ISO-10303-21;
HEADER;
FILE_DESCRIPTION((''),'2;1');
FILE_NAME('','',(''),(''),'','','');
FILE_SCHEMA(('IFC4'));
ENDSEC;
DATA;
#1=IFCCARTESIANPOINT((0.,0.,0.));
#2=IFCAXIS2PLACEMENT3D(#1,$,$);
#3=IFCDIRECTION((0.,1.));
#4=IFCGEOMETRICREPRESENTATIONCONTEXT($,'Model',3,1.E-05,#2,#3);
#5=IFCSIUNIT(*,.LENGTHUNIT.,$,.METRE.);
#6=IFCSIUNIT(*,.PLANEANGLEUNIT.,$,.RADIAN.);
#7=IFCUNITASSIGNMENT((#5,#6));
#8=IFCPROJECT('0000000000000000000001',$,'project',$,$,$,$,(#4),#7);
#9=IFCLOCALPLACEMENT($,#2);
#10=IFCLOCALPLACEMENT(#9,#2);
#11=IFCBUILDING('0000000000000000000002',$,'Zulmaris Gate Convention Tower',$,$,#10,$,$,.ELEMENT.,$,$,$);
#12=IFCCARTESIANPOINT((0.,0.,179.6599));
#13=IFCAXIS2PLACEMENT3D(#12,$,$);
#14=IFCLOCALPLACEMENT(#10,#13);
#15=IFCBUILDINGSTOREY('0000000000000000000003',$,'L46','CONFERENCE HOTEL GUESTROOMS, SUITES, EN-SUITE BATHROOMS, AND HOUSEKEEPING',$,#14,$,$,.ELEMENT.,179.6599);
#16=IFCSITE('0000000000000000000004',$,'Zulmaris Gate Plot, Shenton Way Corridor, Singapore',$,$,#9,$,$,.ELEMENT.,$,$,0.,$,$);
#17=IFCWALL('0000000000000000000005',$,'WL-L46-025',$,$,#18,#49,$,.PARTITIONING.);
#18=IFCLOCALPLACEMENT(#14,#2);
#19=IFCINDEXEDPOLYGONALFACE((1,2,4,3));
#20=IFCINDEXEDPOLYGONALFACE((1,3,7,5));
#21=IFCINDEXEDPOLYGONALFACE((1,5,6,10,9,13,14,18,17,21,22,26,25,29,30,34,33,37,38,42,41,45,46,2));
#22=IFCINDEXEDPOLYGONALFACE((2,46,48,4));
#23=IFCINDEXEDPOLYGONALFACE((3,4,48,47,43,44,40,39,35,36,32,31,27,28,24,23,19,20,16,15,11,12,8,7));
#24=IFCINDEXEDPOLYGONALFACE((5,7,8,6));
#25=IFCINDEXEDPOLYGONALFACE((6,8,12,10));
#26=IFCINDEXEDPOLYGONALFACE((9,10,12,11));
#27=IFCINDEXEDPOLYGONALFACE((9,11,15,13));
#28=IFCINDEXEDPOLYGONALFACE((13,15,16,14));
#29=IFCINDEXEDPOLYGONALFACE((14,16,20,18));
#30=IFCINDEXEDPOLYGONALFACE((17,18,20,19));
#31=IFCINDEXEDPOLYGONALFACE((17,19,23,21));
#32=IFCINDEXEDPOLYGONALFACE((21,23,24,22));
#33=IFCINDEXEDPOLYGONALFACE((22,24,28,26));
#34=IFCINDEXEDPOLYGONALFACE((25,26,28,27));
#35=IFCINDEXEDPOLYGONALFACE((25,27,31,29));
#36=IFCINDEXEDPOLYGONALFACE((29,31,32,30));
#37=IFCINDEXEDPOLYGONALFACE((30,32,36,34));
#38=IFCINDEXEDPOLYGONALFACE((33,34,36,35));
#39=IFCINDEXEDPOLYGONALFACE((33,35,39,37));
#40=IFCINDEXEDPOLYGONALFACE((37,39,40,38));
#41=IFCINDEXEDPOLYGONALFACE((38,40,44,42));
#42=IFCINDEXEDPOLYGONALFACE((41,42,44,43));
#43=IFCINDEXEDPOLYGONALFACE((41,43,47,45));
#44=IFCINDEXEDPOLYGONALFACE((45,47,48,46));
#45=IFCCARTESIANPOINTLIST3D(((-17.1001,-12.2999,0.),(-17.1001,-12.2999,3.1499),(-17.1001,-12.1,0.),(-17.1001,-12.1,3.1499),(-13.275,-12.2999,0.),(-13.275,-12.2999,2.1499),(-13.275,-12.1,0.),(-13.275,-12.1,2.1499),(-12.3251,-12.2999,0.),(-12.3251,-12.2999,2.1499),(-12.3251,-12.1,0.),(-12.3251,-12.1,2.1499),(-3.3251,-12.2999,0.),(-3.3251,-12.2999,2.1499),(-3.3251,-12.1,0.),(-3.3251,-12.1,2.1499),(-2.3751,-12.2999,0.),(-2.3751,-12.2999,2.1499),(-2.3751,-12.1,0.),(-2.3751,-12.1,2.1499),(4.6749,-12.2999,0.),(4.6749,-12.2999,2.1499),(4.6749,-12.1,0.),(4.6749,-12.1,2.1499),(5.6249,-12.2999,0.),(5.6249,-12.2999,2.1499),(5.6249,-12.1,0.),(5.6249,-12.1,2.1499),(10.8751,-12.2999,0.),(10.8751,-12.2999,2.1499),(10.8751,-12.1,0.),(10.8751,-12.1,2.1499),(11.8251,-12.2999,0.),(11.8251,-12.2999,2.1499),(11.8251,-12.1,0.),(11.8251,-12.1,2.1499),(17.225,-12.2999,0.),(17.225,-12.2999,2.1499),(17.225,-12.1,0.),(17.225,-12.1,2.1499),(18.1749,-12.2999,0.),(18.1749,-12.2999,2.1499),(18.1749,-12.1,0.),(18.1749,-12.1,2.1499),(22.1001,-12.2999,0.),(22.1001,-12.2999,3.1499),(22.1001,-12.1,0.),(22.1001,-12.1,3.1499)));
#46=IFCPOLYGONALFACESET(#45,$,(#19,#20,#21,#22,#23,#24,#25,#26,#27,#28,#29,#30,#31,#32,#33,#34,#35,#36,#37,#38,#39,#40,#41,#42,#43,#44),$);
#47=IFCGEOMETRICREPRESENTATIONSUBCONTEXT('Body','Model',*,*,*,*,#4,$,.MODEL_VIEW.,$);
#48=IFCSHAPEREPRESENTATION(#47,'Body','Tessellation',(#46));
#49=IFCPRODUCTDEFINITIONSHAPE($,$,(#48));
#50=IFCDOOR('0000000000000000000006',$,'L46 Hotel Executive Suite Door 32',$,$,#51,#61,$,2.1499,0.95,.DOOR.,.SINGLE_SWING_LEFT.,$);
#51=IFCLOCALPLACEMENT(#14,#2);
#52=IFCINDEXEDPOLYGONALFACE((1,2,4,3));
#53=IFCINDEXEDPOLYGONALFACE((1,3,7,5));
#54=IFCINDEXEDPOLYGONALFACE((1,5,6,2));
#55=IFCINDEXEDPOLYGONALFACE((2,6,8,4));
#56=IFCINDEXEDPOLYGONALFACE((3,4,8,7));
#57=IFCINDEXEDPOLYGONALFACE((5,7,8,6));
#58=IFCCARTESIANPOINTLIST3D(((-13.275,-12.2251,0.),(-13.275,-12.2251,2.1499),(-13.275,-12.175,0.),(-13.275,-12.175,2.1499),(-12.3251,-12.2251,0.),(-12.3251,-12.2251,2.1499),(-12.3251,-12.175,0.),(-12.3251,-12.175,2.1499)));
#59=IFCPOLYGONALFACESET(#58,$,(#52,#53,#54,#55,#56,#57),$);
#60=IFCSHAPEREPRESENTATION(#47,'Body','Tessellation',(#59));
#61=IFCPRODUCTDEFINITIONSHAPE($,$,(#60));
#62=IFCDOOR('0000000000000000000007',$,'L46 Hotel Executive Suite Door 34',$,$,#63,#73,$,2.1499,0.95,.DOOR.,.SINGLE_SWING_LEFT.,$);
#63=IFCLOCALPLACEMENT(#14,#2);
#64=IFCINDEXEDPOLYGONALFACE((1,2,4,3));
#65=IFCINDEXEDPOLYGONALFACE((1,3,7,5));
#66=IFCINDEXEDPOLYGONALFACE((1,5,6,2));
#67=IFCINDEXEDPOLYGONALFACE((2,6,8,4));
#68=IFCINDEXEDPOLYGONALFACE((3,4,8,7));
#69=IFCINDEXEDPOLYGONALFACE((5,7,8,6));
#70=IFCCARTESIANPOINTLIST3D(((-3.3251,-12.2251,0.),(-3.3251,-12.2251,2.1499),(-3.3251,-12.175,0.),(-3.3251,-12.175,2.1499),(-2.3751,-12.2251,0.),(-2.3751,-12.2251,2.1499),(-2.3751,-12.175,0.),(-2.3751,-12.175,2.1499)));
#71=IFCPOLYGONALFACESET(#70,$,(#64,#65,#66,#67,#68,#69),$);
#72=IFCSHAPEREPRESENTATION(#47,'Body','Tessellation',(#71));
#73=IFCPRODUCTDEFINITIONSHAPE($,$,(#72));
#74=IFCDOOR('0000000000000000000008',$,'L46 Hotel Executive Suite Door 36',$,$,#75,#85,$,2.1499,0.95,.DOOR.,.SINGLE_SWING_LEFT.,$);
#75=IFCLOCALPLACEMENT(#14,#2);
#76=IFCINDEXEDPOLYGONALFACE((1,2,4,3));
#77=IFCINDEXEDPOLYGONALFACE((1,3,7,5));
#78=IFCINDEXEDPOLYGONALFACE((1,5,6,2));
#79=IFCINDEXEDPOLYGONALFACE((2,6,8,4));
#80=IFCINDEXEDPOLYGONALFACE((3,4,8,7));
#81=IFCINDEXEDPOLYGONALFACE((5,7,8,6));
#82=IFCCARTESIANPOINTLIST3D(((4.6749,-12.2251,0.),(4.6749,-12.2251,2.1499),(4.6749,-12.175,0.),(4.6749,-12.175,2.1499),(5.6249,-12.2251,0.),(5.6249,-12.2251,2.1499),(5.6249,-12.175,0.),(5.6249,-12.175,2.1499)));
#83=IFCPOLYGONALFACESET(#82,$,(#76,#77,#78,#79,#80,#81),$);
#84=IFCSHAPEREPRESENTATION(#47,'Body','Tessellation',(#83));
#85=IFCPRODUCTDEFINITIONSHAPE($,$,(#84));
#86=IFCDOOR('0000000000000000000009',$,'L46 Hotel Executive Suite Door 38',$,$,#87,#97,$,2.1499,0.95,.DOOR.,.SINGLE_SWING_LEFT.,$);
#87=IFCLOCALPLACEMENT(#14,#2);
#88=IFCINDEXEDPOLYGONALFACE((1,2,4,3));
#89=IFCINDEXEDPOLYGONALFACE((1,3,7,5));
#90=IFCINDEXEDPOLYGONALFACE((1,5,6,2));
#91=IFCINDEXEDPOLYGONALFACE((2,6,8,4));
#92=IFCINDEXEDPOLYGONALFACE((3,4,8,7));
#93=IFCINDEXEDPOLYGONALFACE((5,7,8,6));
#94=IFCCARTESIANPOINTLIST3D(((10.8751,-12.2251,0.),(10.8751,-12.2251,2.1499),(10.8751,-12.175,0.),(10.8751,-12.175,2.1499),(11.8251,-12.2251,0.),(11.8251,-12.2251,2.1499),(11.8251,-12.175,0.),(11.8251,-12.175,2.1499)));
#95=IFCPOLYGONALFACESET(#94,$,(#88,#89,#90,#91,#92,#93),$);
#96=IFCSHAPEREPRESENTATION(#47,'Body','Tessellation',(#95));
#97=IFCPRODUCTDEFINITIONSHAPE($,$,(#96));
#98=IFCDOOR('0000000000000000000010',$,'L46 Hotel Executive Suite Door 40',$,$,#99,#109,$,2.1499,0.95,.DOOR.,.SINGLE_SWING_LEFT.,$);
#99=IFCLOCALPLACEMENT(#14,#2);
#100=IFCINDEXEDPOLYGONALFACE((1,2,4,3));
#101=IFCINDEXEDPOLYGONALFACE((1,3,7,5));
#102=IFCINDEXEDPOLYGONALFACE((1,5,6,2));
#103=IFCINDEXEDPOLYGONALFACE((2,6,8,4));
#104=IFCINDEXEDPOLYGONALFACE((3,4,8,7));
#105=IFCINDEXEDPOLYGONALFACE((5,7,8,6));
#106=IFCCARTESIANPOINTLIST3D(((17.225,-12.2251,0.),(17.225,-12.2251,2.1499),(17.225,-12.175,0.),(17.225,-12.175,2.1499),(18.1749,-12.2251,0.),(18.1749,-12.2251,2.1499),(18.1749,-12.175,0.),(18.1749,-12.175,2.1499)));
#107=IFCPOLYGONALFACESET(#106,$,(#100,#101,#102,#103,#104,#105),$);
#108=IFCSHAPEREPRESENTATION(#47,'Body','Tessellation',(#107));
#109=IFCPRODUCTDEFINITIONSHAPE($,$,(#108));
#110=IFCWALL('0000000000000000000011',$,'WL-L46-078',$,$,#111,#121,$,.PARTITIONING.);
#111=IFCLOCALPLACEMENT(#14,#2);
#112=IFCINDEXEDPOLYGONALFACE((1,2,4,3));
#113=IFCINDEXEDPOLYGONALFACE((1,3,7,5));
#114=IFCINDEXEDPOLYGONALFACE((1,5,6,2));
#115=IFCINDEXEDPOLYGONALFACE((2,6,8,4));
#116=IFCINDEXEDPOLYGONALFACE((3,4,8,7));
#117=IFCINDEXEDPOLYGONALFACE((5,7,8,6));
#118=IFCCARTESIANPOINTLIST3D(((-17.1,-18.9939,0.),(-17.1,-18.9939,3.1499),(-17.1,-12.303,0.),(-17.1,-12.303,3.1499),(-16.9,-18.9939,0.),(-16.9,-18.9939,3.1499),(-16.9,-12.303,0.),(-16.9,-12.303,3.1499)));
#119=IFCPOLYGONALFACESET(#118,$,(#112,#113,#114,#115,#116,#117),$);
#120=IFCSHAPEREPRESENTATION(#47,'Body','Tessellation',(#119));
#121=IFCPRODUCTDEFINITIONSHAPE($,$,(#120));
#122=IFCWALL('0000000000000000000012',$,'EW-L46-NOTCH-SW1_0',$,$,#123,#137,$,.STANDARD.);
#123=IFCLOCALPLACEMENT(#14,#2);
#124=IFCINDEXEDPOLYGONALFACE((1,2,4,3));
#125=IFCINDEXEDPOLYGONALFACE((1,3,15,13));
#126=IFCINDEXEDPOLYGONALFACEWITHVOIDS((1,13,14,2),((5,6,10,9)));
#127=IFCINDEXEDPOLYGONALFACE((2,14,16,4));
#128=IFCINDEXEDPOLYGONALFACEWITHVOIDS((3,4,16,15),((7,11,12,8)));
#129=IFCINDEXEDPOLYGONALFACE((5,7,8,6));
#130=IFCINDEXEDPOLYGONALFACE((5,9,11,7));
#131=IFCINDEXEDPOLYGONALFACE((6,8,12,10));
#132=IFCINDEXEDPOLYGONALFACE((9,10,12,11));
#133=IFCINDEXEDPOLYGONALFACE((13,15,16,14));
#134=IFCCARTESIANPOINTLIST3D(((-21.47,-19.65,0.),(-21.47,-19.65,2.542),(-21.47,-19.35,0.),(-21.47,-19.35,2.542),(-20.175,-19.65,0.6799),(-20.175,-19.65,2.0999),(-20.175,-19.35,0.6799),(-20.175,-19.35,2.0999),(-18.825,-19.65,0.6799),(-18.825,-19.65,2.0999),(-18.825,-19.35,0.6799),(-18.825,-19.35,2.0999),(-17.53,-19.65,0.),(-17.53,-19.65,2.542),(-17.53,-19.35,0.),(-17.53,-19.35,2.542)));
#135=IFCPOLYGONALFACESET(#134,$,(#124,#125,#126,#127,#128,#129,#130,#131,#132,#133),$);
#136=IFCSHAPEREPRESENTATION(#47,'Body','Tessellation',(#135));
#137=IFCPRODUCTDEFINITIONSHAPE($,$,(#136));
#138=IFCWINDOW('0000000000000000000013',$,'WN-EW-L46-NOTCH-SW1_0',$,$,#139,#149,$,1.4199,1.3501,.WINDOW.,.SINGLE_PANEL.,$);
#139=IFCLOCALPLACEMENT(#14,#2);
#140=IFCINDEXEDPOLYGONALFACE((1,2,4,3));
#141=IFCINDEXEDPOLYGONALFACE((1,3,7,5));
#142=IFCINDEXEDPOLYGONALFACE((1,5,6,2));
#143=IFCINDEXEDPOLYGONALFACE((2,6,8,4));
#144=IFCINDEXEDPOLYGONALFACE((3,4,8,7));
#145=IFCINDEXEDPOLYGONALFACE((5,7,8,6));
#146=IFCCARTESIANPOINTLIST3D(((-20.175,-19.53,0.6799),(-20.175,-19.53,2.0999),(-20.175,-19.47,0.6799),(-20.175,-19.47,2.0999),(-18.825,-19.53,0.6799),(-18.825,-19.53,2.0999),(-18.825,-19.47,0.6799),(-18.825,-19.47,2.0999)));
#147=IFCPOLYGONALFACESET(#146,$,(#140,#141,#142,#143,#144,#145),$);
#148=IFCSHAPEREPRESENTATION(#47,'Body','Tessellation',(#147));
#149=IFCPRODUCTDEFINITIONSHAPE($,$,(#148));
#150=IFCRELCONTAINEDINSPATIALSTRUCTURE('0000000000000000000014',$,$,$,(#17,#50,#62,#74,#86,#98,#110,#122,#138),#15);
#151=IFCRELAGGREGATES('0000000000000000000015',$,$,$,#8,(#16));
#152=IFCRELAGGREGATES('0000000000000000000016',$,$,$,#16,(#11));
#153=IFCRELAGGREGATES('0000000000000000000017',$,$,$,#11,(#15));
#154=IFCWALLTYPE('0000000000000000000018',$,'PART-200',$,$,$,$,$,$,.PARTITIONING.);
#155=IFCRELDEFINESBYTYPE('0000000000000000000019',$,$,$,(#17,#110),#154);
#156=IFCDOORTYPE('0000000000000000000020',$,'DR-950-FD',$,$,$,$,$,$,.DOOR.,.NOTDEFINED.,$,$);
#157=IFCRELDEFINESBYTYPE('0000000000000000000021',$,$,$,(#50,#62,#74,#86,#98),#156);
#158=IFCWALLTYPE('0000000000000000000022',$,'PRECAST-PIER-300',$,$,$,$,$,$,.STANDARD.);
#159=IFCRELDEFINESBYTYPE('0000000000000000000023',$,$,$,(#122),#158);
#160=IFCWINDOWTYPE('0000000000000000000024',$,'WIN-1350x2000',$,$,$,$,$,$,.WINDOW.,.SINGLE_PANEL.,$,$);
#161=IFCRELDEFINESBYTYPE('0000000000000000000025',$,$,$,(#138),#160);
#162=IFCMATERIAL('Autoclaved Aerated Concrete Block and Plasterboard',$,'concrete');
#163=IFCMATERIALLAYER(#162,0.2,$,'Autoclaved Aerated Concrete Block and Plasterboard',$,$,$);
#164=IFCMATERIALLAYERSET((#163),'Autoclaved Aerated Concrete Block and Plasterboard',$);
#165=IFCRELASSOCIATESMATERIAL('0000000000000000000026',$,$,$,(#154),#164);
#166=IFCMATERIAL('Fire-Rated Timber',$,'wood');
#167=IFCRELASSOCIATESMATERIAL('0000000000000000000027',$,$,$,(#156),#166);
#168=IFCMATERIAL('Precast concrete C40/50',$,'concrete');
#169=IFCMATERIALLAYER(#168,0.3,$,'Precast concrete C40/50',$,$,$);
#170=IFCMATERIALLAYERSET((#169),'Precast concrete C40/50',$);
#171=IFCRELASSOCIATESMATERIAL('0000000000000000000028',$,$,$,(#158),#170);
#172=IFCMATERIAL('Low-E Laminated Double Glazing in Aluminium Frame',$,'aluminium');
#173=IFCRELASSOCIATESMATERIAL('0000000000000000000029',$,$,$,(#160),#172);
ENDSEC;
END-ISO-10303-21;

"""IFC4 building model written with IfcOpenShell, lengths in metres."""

from ifc_helpers import new_model, si_unit, direction, frame, frame_2d, origin, place, context, subcontext, project, spatial, rectangle, extrude, material, layer, layer_set, type_object, element, fill, save


model = new_model("IFC4")

# Units and contexts
model_context = context("Model", 3, precision=1e-05, world=origin(), true_north=direction((0.0, 1.0)))
body_context = subcontext(model_context, "Body", "Model", "MODEL_VIEW")
ifc_project = project(units=[si_unit("LENGTHUNIT", "METRE"), si_unit("PLANEANGLEUNIT", "RADIAN")], contexts=[model_context])

# Site, building, storey
site_placement = place(None, origin())
site = spatial("IfcSite", under=ifc_project, at=site_placement, Name="Zulmaris Gate Plot, Shenton Way Corridor, Singapore", CompositionType="ELEMENT", RefElevation=0.0)
building_placement = place(site_placement, origin())
building = spatial("IfcBuilding", under=site, at=building_placement, Name="Zulmaris Gate Convention Tower", CompositionType="ELEMENT")
storey_placement = place(building_placement, frame((0.0, 0.0, 179.6599)))
storey = spatial("IfcBuildingStorey", under=building, at=storey_placement, Name="L46", Description="CONFERENCE HOTEL GUESTROOMS, SUITES, EN-SUITE BATHROOMS, AND HOUSEKEEPING", CompositionType="ELEMENT", Elevation=179.6599)

# Wall, openings, doors
ifc_material_1 = material(Name="Autoclaved Aerated Concrete Block and Plasterboard", Category="concrete")
ifc_layer_1 = layer(ifc_material_1, 0.2, Name="Autoclaved Aerated Concrete Block and Plasterboard")
ifc_layer_set_1 = layer_set([ifc_layer_1], Name="Autoclaved Aerated Concrete Block and Plasterboard")
wall_type_1 = type_object("IfcWallType", Name="PART-200", PredefinedType="PARTITIONING", material=ifc_layer_set_1)
wall_1_placement = place(storey_placement, frame((-17.1001, -12.2, 0.0), z_axis=(0.0, 0.0, 1.0), x_axis=(1.0, 0.0, 0.0)))
wall_1 = element("IfcWall", 1, at=wall_1_placement, inside=storey, type_object=wall_type_1, Name="WL-L46-025", PredefinedType="PARTITIONING", context=body_context, shape_type="SweptSolid", body=[
    extrude(rectangle(XDim=39.2002, YDim=0.2, at=frame_2d((19.6001, 0.0))), origin(), (0.0, 0.0, 1.0), 3.1499),
])
opening_1_placement = place(wall_1_placement, frame((3.825, 0.0, 0.0)))
opening_1 = element("IfcOpeningElement", 2, at=opening_1_placement, cuts=wall_1, PredefinedType="OPENING", context=body_context, shape_type="SweptSolid", body=[
    extrude(rectangle(XDim=0.95, YDim=2.1499, at=frame_2d((0.4751, 1.075))), frame((0.0, 0.1099, 0.0), z_axis=(0.0, -1.0, 0.0), x_axis=(1.0, 0.0, 0.0)), (0.0, 0.0, 1.0), 0.22),
])
opening_2_placement = place(wall_1_placement, frame((13.7749, 0.0, 0.0)))
opening_2 = element("IfcOpeningElement", 3, at=opening_2_placement, cuts=wall_1, PredefinedType="OPENING", context=body_context, shape_type="SweptSolid", body=[
    extrude(rectangle(XDim=0.95, YDim=2.1499, at=frame_2d((0.4751, 1.075))), frame((0.0, 0.1099, 0.0), z_axis=(0.0, -1.0, 0.0), x_axis=(1.0, 0.0, 0.0)), (0.0, 0.0, 1.0), 0.22),
])
opening_3_placement = place(wall_1_placement, frame((21.7749, 0.0, 0.0)))
opening_3 = element("IfcOpeningElement", 4, at=opening_3_placement, cuts=wall_1, PredefinedType="OPENING", context=body_context, shape_type="SweptSolid", body=[
    extrude(rectangle(XDim=0.95, YDim=2.1499, at=frame_2d((0.4751, 1.075))), frame((0.0, 0.1099, 0.0), z_axis=(0.0, -1.0, 0.0), x_axis=(1.0, 0.0, 0.0)), (0.0, 0.0, 1.0), 0.22),
])
opening_4_placement = place(wall_1_placement, frame((27.9751, 0.0, 0.0)))
opening_4 = element("IfcOpeningElement", 5, at=opening_4_placement, cuts=wall_1, PredefinedType="OPENING", context=body_context, shape_type="SweptSolid", body=[
    extrude(rectangle(XDim=0.95, YDim=2.1499, at=frame_2d((0.4751, 1.075))), frame((0.0, 0.1099, 0.0), z_axis=(0.0, -1.0, 0.0), x_axis=(1.0, 0.0, 0.0)), (0.0, 0.0, 1.0), 0.22),
])
opening_5_placement = place(wall_1_placement, frame((34.325, 0.0, 0.0)))
opening_5 = element("IfcOpeningElement", 6, at=opening_5_placement, cuts=wall_1, PredefinedType="OPENING", context=body_context, shape_type="SweptSolid", body=[
    extrude(rectangle(XDim=0.95, YDim=2.1499, at=frame_2d((0.4751, 1.075))), frame((0.0, 0.1099, 0.0), z_axis=(0.0, -1.0, 0.0), x_axis=(1.0, 0.0, 0.0)), (0.0, 0.0, 1.0), 0.22),
])
ifc_material_2 = material(Name="Fire-Rated Timber", Category="wood")
door_type_1 = type_object("IfcDoorType", Name="DR-950-FD", OperationType="NOTDEFINED", PredefinedType="DOOR", material=ifc_material_2)
door_1_placement = place(opening_1_placement, origin())
door_1 = element("IfcDoor", 7, at=door_1_placement, inside=storey, type_object=door_type_1, Name="L46 Hotel Executive Suite Door 32", OperationType="SINGLE_SWING_LEFT", OverallHeight=2.1499, OverallWidth=0.95, PredefinedType="DOOR", context=body_context, shape_type="SweptSolid", body=[
    extrude(rectangle(XDim=0.95, YDim=2.1499, at=frame_2d((0.4751, 1.075))), frame((0.0, 0.0249, 0.0), z_axis=(0.0, -1.0, 0.0), x_axis=(1.0, 0.0, 0.0)), (0.0, 0.0, 1.0), 0.05),
])
fill(opening_1, door_1)
door_2_placement = place(opening_2_placement, origin())
door_2 = element("IfcDoor", 8, at=door_2_placement, inside=storey, type_object=door_type_1, Name="L46 Hotel Executive Suite Door 34", OperationType="SINGLE_SWING_LEFT", OverallHeight=2.1499, OverallWidth=0.95, PredefinedType="DOOR", context=body_context, shape_type="SweptSolid", body=[
    extrude(rectangle(XDim=0.95, YDim=2.1499, at=frame_2d((0.4751, 1.075))), frame((0.0, 0.0249, 0.0), z_axis=(0.0, -1.0, 0.0), x_axis=(1.0, 0.0, 0.0)), (0.0, 0.0, 1.0), 0.05),
])
fill(opening_2, door_2)
door_3_placement = place(opening_3_placement, origin())
door_3 = element("IfcDoor", 9, at=door_3_placement, inside=storey, type_object=door_type_1, Name="L46 Hotel Executive Suite Door 36", OperationType="SINGLE_SWING_LEFT", OverallHeight=2.1499, OverallWidth=0.95, PredefinedType="DOOR", context=body_context, shape_type="SweptSolid", body=[
    extrude(rectangle(XDim=0.95, YDim=2.1499, at=frame_2d((0.4751, 1.075))), frame((0.0, 0.0249, 0.0), z_axis=(0.0, -1.0, 0.0), x_axis=(1.0, 0.0, 0.0)), (0.0, 0.0, 1.0), 0.05),
])
fill(opening_3, door_3)
door_4_placement = place(opening_4_placement, origin())
door_4 = element("IfcDoor", 10, at=door_4_placement, inside=storey, type_object=door_type_1, Name="L46 Hotel Executive Suite Door 38", OperationType="SINGLE_SWING_LEFT", OverallHeight=2.1499, OverallWidth=0.95, PredefinedType="DOOR", context=body_context, shape_type="SweptSolid", body=[
    extrude(rectangle(XDim=0.95, YDim=2.1499, at=frame_2d((0.4751, 1.075))), frame((0.0, 0.0249, 0.0), z_axis=(0.0, -1.0, 0.0), x_axis=(1.0, 0.0, 0.0)), (0.0, 0.0, 1.0), 0.05),
])
fill(opening_4, door_4)
door_5_placement = place(opening_5_placement, origin())
door_5 = element("IfcDoor", 11, at=door_5_placement, inside=storey, type_object=door_type_1, Name="L46 Hotel Executive Suite Door 40", OperationType="SINGLE_SWING_LEFT", OverallHeight=2.1499, OverallWidth=0.95, PredefinedType="DOOR", context=body_context, shape_type="SweptSolid", body=[
    extrude(rectangle(XDim=0.95, YDim=2.1499, at=frame_2d((0.4751, 1.075))), frame((0.0, 0.0249, 0.0), z_axis=(0.0, -1.0, 0.0), x_axis=(1.0, 0.0, 0.0)), (0.0, 0.0, 1.0), 0.05),
])
fill(opening_5, door_5)

# Wall
wall_2_placement = place(storey_placement, frame((-17.0, -18.9939, 0.0), z_axis=(0.0, 0.0, 1.0), x_axis=(0.0, 1.0, 0.0)))
element("IfcWall", 12, at=wall_2_placement, inside=storey, type_object=wall_type_1, Name="WL-L46-078", PredefinedType="PARTITIONING", context=body_context, shape_type="SweptSolid", body=[
    extrude(rectangle(XDim=6.6909, YDim=0.2, at=frame_2d((3.3455, 0.0))), origin(), (0.0, 0.0, 1.0), 3.1499),
])

# Wall, opening, window
ifc_material_3 = material(Name="Precast concrete C40/50", Category="concrete")
ifc_layer_2 = layer(ifc_material_3, 0.3, Name="Precast concrete C40/50")
ifc_layer_set_2 = layer_set([ifc_layer_2], Name="Precast concrete C40/50")
wall_type_2 = type_object("IfcWallType", Name="PRECAST-PIER-300", PredefinedType="STANDARD", material=ifc_layer_set_2)
wall_3_placement = place(storey_placement, frame((-21.47, -19.5, 0.0), z_axis=(0.0, 0.0, 1.0), x_axis=(1.0, 0.0, 0.0)))
wall_3 = element("IfcWall", 13, at=wall_3_placement, inside=storey, type_object=wall_type_2, Name="EW-L46-NOTCH-SW1_0", PredefinedType="STANDARD", context=body_context, shape_type="SweptSolid", body=[
    extrude(rectangle(XDim=3.9399, YDim=0.3, at=frame_2d((1.97, 0.0))), origin(), (0.0, 0.0, 1.0), 2.542),
])
opening_6_placement = place(wall_3_placement, frame((1.2949, 0.0, 0.6799)))
opening_6 = element("IfcOpeningElement", 14, at=opening_6_placement, cuts=wall_3, PredefinedType="OPENING", context=body_context, shape_type="SweptSolid", body=[
    extrude(rectangle(XDim=1.3501, YDim=1.4199, at=frame_2d((0.675, 0.71))), frame((0.0, 0.1602, 0.0), z_axis=(0.0, -1.0, 0.0), x_axis=(1.0, 0.0, 0.0)), (0.0, 0.0, 1.0), 0.3201),
])
ifc_material_4 = material(Name="Low-E Laminated Double Glazing in Aluminium Frame", Category="aluminium")
window_type = type_object("IfcWindowType", Name="WIN-1350x2000", PartitioningType="SINGLE_PANEL", PredefinedType="WINDOW", material=ifc_material_4)
window_placement = place(opening_6_placement, origin())
window = element("IfcWindow", 15, at=window_placement, inside=storey, type_object=window_type, Name="WN-EW-L46-NOTCH-SW1_0", OverallHeight=1.4199, OverallWidth=1.3501, PartitioningType="SINGLE_PANEL", PredefinedType="WINDOW", context=body_context, shape_type="SweptSolid", body=[
    extrude(rectangle(XDim=1.3501, YDim=1.4199, at=frame_2d((0.675, 0.71))), frame((0.0, 0.03, 0.0), z_axis=(0.0, -1.0, 0.0), x_axis=(1.0, 0.0, 0.0)), (0.0, 0.0, 1.0), 0.0601),
])
fill(opening_6, window)

save(model, "model.ifc")
